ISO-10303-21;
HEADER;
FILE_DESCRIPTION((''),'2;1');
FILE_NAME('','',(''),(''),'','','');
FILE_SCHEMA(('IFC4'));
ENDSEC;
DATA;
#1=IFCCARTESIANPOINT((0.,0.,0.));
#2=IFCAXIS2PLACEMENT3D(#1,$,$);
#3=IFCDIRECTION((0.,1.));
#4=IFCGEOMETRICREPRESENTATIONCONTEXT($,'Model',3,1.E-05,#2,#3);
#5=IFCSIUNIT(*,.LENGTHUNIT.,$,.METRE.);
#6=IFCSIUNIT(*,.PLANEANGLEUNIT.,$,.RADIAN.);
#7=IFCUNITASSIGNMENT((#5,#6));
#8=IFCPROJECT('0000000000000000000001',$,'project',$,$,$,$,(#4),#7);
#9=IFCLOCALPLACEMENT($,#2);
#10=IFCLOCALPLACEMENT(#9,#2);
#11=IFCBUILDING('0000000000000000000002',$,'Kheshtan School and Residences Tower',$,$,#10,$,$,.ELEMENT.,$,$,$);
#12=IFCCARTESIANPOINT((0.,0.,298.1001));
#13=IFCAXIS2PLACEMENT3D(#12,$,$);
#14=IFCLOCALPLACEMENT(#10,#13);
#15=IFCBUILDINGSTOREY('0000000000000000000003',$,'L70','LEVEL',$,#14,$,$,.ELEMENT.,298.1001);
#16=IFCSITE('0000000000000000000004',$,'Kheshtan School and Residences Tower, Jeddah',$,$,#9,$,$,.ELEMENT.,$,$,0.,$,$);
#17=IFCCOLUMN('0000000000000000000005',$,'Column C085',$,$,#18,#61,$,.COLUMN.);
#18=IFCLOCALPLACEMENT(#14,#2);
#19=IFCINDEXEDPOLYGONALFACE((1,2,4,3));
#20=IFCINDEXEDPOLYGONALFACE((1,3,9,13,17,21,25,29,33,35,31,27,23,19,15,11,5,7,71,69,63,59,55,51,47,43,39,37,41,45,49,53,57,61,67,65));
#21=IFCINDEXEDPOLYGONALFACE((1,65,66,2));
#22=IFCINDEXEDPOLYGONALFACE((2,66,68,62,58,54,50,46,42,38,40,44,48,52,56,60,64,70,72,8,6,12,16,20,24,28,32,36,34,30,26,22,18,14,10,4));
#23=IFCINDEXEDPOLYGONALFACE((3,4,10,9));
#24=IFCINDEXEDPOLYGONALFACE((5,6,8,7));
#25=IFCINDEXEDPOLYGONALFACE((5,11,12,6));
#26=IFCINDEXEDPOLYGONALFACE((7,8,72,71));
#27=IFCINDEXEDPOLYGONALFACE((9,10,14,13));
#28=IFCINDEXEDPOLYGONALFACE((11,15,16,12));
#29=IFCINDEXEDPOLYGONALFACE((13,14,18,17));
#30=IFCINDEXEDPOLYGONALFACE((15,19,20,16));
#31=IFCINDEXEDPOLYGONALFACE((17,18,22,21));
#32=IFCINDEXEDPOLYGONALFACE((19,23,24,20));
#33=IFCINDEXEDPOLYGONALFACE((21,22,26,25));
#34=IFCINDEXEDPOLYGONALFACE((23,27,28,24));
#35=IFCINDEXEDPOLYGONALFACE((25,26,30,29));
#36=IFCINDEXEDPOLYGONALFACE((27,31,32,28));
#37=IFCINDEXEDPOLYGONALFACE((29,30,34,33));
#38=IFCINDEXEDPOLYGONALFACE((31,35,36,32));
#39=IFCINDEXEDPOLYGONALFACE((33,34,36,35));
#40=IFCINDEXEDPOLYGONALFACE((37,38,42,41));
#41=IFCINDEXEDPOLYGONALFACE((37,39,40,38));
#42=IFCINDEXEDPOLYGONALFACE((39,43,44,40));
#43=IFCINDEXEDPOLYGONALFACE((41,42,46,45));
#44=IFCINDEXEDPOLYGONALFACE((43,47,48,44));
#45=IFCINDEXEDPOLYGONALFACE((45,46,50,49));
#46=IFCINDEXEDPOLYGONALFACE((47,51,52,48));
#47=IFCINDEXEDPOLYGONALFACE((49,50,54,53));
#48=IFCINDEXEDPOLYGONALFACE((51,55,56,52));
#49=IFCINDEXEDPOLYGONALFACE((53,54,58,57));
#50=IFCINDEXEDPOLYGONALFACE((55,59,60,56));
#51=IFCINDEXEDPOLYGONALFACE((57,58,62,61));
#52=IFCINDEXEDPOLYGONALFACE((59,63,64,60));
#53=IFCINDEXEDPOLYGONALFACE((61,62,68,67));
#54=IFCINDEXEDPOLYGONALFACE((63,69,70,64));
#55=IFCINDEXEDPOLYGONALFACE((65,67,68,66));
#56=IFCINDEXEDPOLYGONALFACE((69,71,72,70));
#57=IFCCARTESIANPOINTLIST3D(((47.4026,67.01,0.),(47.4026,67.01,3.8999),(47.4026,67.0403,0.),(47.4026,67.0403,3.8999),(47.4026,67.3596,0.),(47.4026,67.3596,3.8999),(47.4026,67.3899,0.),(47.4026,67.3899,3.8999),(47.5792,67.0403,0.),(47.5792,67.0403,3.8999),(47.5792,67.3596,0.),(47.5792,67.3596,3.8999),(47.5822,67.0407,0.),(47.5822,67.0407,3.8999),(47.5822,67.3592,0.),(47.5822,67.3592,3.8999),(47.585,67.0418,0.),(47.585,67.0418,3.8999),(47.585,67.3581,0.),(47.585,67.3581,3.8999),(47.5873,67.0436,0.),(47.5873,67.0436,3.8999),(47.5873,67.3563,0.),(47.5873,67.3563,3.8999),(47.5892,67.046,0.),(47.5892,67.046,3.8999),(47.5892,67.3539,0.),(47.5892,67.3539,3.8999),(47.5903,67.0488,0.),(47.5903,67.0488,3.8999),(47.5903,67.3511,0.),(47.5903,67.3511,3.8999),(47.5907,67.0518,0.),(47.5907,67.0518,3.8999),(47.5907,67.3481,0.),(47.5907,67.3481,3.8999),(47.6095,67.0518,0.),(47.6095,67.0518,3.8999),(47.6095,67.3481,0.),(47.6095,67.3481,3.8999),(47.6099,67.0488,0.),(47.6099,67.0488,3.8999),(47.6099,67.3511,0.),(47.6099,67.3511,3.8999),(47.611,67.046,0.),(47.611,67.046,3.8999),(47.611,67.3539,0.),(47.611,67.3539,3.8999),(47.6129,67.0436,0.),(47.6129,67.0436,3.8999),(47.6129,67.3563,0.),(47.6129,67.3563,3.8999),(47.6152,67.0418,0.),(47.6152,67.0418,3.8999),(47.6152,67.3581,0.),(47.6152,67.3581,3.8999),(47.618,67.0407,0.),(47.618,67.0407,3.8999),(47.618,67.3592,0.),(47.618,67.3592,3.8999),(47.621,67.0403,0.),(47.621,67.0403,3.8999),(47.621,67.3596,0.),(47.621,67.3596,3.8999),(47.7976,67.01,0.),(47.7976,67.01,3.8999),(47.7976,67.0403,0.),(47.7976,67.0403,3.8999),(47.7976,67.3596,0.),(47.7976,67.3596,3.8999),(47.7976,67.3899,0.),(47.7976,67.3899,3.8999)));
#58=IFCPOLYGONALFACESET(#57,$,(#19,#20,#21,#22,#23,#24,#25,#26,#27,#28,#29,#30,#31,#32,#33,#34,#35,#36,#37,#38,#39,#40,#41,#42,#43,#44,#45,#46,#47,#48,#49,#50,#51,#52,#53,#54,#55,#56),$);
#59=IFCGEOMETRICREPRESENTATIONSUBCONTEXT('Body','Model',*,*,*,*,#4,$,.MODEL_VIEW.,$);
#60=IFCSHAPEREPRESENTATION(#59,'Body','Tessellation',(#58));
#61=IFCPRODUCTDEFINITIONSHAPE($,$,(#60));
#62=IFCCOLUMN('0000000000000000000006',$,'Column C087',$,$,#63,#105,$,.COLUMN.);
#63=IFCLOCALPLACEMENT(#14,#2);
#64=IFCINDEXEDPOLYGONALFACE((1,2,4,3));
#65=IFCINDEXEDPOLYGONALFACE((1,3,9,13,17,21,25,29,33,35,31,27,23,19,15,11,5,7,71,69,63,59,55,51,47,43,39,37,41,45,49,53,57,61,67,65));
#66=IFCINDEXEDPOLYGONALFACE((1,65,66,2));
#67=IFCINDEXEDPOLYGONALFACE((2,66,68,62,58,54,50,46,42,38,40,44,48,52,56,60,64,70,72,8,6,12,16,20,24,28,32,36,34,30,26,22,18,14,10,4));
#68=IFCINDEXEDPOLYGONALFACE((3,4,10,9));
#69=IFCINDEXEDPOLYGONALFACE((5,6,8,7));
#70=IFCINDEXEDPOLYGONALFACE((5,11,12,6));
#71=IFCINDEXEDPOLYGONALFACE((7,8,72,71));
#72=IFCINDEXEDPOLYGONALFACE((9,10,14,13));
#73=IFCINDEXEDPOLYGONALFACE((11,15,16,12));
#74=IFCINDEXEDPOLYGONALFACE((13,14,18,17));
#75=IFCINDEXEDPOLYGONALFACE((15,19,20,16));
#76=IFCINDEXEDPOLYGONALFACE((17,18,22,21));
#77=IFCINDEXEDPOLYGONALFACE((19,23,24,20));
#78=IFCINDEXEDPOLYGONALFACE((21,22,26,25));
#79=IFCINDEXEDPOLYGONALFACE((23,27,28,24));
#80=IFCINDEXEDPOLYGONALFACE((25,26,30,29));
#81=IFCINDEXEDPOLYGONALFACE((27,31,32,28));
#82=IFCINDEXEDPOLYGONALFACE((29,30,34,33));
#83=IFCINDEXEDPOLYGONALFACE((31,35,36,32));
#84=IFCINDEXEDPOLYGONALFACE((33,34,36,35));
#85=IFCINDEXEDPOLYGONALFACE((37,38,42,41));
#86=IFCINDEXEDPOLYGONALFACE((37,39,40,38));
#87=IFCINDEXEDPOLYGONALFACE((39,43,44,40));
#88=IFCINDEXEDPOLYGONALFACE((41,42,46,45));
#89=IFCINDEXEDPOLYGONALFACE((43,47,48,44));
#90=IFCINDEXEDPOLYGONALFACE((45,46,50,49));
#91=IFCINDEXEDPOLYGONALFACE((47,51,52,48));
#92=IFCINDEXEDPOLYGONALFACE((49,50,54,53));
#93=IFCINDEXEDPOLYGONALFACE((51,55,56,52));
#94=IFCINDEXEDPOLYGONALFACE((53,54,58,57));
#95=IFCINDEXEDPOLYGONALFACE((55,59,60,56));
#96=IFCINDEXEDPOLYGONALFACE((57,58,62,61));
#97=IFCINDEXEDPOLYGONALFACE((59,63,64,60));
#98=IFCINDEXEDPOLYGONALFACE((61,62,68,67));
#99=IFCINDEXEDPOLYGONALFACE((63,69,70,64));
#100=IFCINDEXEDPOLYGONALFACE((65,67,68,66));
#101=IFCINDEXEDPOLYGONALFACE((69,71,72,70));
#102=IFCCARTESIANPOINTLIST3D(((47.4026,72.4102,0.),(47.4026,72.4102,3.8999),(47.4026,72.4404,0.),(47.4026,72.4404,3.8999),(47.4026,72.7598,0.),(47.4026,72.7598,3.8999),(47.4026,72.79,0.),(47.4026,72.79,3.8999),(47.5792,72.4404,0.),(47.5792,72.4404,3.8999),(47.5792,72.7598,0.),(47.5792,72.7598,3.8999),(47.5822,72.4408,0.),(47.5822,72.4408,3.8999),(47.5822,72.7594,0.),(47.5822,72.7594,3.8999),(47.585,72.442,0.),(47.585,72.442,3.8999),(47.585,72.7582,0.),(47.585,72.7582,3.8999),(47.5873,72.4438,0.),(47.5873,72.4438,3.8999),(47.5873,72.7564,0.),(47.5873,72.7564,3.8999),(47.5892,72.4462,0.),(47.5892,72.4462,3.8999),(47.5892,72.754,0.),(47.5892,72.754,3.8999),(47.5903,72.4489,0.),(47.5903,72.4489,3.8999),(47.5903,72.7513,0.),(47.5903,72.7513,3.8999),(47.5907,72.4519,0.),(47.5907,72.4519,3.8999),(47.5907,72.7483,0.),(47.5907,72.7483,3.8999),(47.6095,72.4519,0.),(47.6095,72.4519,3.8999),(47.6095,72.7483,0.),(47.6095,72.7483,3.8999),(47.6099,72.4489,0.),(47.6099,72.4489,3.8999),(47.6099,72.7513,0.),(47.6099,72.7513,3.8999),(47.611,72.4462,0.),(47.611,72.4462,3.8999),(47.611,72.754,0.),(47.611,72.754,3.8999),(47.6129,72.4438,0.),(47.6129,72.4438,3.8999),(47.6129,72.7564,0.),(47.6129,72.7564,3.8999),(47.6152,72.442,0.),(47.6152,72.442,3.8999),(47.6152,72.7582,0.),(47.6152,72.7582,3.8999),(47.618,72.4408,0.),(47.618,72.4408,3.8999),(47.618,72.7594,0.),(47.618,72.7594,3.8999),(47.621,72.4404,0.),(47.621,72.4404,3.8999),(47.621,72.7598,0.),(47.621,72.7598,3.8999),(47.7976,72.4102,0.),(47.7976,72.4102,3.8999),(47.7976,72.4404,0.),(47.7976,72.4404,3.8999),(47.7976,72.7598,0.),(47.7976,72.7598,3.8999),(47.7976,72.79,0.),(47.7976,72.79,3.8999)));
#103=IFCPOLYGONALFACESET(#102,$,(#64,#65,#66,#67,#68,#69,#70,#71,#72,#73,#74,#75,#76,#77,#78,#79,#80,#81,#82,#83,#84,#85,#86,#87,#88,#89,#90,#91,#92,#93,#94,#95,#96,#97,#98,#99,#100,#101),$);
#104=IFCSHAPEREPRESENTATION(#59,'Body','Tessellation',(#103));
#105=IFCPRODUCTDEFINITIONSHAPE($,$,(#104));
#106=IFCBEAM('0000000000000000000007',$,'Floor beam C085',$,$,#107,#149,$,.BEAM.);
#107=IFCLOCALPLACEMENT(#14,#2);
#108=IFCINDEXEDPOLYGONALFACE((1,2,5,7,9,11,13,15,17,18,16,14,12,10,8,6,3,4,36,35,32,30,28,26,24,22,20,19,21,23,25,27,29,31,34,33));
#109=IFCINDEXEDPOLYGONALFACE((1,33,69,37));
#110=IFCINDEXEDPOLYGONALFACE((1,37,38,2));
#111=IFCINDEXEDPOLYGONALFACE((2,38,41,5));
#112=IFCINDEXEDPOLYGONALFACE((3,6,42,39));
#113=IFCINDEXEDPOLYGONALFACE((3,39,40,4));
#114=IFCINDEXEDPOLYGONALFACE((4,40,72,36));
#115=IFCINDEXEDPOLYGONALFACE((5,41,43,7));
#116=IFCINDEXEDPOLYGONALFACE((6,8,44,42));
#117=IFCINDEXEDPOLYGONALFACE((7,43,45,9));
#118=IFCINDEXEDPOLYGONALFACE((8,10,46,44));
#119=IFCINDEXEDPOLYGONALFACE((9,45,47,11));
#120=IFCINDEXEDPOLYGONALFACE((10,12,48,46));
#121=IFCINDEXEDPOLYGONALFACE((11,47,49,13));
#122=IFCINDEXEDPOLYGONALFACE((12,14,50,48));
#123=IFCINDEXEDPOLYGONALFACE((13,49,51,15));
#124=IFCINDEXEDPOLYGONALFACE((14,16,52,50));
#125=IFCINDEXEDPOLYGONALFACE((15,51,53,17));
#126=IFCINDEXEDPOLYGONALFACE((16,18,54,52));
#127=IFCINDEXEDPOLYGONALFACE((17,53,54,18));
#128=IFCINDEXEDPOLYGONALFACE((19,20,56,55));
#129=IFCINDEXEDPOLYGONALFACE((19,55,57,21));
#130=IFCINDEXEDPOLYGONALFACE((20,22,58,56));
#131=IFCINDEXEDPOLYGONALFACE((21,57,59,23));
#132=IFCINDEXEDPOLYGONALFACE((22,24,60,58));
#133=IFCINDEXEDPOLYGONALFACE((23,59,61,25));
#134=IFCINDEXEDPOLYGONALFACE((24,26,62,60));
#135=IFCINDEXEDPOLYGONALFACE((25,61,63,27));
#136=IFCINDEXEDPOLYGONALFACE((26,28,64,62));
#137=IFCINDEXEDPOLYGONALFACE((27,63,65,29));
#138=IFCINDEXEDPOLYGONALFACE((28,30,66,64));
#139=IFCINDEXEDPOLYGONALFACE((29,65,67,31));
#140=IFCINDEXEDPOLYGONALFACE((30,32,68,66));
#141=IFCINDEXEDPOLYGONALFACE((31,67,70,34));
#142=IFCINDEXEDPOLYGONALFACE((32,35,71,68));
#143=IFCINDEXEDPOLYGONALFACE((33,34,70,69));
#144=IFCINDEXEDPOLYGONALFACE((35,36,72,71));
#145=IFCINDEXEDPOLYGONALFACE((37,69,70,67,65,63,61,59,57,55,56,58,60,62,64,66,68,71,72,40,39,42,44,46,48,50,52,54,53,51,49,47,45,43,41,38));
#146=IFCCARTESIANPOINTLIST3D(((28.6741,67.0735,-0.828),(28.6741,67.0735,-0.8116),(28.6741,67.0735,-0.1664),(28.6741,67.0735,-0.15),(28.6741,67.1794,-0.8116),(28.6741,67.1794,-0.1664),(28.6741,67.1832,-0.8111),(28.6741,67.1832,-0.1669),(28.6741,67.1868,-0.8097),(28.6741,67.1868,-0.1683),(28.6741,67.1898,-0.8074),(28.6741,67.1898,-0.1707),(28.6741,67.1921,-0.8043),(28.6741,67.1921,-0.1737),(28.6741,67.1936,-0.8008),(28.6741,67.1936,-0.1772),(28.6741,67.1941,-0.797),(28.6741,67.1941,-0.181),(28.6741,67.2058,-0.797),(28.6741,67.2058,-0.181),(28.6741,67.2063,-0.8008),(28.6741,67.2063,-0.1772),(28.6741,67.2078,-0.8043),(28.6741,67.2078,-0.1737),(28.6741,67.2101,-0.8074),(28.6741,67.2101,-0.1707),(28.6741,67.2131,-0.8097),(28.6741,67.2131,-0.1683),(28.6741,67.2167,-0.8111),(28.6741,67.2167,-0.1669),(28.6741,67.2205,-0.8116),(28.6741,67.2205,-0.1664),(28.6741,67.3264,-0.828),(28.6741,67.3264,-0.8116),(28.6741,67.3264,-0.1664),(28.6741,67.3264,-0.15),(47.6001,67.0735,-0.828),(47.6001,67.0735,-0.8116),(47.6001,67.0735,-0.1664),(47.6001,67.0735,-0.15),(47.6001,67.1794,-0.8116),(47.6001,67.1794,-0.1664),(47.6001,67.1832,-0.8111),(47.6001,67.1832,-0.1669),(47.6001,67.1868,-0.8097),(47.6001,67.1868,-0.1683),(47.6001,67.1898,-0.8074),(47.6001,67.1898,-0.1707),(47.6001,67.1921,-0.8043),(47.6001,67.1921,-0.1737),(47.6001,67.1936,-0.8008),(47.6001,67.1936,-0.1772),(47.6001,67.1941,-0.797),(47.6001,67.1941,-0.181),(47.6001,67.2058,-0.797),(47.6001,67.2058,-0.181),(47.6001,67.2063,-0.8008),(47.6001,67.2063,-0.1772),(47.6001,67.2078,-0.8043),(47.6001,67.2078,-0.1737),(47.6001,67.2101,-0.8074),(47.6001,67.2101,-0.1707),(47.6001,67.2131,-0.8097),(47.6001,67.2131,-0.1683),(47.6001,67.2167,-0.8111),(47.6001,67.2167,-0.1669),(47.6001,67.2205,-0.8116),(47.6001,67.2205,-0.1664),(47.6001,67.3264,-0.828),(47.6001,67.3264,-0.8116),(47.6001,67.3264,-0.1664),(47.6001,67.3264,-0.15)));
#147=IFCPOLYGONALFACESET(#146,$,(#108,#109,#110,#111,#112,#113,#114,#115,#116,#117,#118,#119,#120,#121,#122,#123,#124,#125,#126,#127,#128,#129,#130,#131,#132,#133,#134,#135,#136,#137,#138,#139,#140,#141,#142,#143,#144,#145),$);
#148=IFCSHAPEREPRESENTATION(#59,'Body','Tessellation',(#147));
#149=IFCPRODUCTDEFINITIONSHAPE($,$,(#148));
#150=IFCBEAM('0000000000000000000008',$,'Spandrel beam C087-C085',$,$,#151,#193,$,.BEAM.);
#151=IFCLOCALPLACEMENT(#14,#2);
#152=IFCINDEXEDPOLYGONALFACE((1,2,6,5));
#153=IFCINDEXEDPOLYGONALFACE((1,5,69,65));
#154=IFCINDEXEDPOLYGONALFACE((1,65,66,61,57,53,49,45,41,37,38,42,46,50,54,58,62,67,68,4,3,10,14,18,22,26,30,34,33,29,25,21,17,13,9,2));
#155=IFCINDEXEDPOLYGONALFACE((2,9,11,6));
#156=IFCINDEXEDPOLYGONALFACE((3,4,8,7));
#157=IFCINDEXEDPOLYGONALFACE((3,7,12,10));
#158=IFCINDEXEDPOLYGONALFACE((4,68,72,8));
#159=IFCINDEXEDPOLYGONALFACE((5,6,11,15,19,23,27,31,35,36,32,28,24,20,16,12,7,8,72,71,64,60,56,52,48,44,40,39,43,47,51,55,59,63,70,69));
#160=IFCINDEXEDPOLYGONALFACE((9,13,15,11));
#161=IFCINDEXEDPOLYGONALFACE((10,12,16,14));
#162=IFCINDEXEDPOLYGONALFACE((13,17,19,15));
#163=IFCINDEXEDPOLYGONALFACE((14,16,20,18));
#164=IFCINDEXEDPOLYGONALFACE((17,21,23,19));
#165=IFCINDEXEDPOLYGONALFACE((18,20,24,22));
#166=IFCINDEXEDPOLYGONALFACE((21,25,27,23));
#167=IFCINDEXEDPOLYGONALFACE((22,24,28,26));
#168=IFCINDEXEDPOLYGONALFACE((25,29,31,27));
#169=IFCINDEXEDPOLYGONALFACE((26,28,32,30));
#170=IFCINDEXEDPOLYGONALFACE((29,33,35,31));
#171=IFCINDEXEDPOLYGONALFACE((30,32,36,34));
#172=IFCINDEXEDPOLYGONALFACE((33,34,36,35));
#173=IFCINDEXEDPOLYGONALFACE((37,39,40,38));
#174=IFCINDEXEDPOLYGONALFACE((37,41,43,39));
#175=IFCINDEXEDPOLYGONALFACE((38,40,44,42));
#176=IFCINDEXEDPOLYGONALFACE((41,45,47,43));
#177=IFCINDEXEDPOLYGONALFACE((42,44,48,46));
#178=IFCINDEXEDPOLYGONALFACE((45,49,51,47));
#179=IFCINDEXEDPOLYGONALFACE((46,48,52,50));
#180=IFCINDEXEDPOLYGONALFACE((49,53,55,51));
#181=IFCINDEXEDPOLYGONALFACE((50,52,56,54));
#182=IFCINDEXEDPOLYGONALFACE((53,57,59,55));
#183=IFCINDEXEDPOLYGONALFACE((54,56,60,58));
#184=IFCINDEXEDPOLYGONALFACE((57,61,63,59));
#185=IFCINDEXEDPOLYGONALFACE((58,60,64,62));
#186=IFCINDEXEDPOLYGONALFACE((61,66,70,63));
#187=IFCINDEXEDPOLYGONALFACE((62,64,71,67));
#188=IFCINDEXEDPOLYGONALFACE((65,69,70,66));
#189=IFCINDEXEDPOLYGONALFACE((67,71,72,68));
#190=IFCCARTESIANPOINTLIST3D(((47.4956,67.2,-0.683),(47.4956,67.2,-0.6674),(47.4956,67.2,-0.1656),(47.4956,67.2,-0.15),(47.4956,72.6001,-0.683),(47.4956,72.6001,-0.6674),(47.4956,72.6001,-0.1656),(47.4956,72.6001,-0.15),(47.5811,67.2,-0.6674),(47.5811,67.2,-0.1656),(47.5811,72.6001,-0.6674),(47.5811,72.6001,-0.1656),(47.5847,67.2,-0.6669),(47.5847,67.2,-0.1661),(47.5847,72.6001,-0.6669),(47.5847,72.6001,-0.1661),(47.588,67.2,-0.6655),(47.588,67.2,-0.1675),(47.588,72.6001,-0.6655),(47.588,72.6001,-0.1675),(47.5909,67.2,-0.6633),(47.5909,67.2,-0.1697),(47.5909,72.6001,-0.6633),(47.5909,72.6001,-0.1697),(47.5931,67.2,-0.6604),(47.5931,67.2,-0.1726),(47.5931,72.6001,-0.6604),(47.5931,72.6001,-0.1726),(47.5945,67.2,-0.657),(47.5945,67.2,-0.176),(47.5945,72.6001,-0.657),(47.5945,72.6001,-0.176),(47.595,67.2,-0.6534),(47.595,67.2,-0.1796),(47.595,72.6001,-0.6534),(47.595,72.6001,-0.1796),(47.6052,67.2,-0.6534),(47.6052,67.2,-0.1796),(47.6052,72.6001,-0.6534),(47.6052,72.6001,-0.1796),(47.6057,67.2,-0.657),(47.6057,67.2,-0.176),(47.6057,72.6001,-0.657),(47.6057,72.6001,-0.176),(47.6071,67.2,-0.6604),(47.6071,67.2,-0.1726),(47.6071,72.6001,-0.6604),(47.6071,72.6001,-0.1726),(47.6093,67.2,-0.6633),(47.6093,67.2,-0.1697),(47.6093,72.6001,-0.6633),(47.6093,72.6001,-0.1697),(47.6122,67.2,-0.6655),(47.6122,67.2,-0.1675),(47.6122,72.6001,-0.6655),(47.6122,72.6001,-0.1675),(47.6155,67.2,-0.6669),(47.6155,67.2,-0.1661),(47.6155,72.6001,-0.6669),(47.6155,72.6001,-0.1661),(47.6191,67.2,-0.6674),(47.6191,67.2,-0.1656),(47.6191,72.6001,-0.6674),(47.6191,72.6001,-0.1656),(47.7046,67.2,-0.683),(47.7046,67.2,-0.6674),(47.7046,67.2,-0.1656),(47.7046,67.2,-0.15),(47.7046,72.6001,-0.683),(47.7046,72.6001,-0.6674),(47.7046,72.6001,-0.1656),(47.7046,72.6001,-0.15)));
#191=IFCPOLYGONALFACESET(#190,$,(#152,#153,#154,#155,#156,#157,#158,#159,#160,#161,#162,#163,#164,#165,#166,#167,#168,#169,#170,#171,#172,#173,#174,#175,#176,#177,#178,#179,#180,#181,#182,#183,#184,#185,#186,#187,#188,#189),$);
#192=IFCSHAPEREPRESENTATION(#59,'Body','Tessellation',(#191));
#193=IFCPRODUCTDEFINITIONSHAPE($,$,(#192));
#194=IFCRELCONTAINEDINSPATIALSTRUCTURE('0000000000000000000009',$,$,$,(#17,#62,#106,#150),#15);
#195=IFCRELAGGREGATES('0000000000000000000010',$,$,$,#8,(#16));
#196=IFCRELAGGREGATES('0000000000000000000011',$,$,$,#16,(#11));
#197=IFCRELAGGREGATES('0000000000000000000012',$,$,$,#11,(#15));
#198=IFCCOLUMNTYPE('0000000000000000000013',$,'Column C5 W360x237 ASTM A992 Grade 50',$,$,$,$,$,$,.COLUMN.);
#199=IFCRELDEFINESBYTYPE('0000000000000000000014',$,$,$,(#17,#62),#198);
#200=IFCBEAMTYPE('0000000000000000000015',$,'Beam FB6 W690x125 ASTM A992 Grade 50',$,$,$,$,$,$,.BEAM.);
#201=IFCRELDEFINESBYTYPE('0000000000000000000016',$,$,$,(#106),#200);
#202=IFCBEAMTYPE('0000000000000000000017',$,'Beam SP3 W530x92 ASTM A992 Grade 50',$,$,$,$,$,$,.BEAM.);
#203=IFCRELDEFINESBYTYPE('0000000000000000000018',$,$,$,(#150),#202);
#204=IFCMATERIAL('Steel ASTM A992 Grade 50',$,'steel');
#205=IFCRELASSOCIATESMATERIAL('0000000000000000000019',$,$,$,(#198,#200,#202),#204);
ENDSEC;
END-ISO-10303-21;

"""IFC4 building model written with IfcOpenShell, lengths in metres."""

from ifc_helpers import new_model, si_unit, direction, frame, origin, origin_2d, place, context, subcontext, project, spatial, i_section, extrude, material, material_profile, profile_set, type_object, element, save


model = new_model("IFC4")

# Units and contexts
model_context = context("Model", 3, precision=1e-05, world=origin(), true_north=direction((0.0, 1.0)))
body_context = subcontext(model_context, "Body", "Model", "MODEL_VIEW")
ifc_project = project(units=[si_unit("LENGTHUNIT", "METRE"), si_unit("PLANEANGLEUNIT", "RADIAN")], contexts=[model_context])

# Site, building, storey
site_placement = place(None, origin())
site = spatial("IfcSite", under=ifc_project, at=site_placement, Name="Kheshtan School and Residences Tower, Jeddah", CompositionType="ELEMENT", RefElevation=0.0)
building_placement = place(site_placement, origin())
building = spatial("IfcBuilding", under=site, at=building_placement, Name="Kheshtan School and Residences Tower", CompositionType="ELEMENT")
storey_placement = place(building_placement, frame((0.0, 0.0, 298.1001)))
storey = spatial("IfcBuildingStorey", under=building, at=storey_placement, Name="L70", Description="LEVEL", CompositionType="ELEMENT", Elevation=298.1001)

# Columns
ifc_material_1 = material(Name="Steel ASTM A992 Grade 50", Category="steel")
ifc_material_profile_1 = material_profile(ifc_material_1, i_section(OverallWidth=0.395, OverallDepth=0.3799, WebThickness=0.0188, FlangeThickness=0.0303, FilletRadius=0.0115, at=origin_2d()), Name="W360x237")
ifc_profile_set_1 = profile_set([ifc_material_profile_1], Name="Steel ASTM A992 Grade 50")
column_type = type_object("IfcColumnType", Name="Column C5 W360x237 ASTM A992 Grade 50", PredefinedType="COLUMN", material=ifc_profile_set_1)
for number, where, z_axis, x_axis, name in (
    (1, (47.6001, 67.2, 0.0), (0.0, 0.0, 1.0), (1.0, 0.0, 0.0), "Column C085"),
    (2, (47.6001, 72.6001, 0.0), (0.0, 0.0, 1.0), (1.0, 0.0, 0.0), "Column C087"),
):
    element("IfcColumn", number, at=place(storey_placement, frame(where, z_axis=z_axis, x_axis=x_axis)), inside=storey, type_object=column_type, Name=name, PredefinedType="COLUMN", context=body_context, shape_type="SweptSolid", body=[
        extrude(i_section(OverallWidth=0.395, OverallDepth=0.3799, WebThickness=0.0188, FlangeThickness=0.0303, FilletRadius=0.0115, at=origin_2d()), origin(), (0.0, 0.0, 1.0), 3.8999),
    ])

# Beams
ifc_material_profile_2 = material_profile(ifc_material_1, i_section(OverallWidth=0.2529, OverallDepth=0.678, WebThickness=0.0117, FlangeThickness=0.0164, FilletRadius=0.0146, at=origin_2d()), Name="W690x125")
ifc_profile_set_2 = profile_set([ifc_material_profile_2], Name="Steel ASTM A992 Grade 50")
beam_type_1 = type_object("IfcBeamType", Name="Beam FB6 W690x125 ASTM A992 Grade 50", PredefinedType="BEAM", material=ifc_profile_set_2)
beam_1_placement = place(storey_placement, frame((47.6001, 67.2, -0.489), z_axis=(-1.0, 0.0, 0.0), x_axis=(0.0, -1.0, 0.0)))
element("IfcBeam", 3, at=beam_1_placement, inside=storey, type_object=beam_type_1, Name="Floor beam C085", PredefinedType="BEAM", context=body_context, shape_type="SweptSolid", body=[
    extrude(i_section(OverallWidth=0.2529, OverallDepth=0.678, WebThickness=0.0117, FlangeThickness=0.0164, FilletRadius=0.0146, at=origin_2d()), origin(), (0.0, 0.0, 1.0), 18.926),
])
ifc_material_profile_3 = material_profile(ifc_material_1, i_section(OverallWidth=0.209, OverallDepth=0.533, WebThickness=0.0103, FlangeThickness=0.0156, FilletRadius=0.0139, at=origin_2d()), Name="W530x92")
ifc_profile_set_3 = profile_set([ifc_material_profile_3], Name="Steel ASTM A992 Grade 50")
beam_type_2 = type_object("IfcBeamType", Name="Beam SP3 W530x92 ASTM A992 Grade 50", PredefinedType="BEAM", material=ifc_profile_set_3)
beam_2_placement = place(storey_placement, frame((47.6001, 72.6001, -0.4165), z_axis=(0.0, -1.0, 0.0), x_axis=(1.0, 0.0, 0.0)))
element("IfcBeam", 4, at=beam_2_placement, inside=storey, type_object=beam_type_2, Name="Spandrel beam C087-C085", PredefinedType="BEAM", context=body_context, shape_type="SweptSolid", body=[
    extrude(i_section(OverallWidth=0.209, OverallDepth=0.533, WebThickness=0.0103, FlangeThickness=0.0156, FilletRadius=0.0139, at=origin_2d()), origin(), (0.0, 0.0, 1.0), 5.4001),
])

save(model, "model.ifc")
